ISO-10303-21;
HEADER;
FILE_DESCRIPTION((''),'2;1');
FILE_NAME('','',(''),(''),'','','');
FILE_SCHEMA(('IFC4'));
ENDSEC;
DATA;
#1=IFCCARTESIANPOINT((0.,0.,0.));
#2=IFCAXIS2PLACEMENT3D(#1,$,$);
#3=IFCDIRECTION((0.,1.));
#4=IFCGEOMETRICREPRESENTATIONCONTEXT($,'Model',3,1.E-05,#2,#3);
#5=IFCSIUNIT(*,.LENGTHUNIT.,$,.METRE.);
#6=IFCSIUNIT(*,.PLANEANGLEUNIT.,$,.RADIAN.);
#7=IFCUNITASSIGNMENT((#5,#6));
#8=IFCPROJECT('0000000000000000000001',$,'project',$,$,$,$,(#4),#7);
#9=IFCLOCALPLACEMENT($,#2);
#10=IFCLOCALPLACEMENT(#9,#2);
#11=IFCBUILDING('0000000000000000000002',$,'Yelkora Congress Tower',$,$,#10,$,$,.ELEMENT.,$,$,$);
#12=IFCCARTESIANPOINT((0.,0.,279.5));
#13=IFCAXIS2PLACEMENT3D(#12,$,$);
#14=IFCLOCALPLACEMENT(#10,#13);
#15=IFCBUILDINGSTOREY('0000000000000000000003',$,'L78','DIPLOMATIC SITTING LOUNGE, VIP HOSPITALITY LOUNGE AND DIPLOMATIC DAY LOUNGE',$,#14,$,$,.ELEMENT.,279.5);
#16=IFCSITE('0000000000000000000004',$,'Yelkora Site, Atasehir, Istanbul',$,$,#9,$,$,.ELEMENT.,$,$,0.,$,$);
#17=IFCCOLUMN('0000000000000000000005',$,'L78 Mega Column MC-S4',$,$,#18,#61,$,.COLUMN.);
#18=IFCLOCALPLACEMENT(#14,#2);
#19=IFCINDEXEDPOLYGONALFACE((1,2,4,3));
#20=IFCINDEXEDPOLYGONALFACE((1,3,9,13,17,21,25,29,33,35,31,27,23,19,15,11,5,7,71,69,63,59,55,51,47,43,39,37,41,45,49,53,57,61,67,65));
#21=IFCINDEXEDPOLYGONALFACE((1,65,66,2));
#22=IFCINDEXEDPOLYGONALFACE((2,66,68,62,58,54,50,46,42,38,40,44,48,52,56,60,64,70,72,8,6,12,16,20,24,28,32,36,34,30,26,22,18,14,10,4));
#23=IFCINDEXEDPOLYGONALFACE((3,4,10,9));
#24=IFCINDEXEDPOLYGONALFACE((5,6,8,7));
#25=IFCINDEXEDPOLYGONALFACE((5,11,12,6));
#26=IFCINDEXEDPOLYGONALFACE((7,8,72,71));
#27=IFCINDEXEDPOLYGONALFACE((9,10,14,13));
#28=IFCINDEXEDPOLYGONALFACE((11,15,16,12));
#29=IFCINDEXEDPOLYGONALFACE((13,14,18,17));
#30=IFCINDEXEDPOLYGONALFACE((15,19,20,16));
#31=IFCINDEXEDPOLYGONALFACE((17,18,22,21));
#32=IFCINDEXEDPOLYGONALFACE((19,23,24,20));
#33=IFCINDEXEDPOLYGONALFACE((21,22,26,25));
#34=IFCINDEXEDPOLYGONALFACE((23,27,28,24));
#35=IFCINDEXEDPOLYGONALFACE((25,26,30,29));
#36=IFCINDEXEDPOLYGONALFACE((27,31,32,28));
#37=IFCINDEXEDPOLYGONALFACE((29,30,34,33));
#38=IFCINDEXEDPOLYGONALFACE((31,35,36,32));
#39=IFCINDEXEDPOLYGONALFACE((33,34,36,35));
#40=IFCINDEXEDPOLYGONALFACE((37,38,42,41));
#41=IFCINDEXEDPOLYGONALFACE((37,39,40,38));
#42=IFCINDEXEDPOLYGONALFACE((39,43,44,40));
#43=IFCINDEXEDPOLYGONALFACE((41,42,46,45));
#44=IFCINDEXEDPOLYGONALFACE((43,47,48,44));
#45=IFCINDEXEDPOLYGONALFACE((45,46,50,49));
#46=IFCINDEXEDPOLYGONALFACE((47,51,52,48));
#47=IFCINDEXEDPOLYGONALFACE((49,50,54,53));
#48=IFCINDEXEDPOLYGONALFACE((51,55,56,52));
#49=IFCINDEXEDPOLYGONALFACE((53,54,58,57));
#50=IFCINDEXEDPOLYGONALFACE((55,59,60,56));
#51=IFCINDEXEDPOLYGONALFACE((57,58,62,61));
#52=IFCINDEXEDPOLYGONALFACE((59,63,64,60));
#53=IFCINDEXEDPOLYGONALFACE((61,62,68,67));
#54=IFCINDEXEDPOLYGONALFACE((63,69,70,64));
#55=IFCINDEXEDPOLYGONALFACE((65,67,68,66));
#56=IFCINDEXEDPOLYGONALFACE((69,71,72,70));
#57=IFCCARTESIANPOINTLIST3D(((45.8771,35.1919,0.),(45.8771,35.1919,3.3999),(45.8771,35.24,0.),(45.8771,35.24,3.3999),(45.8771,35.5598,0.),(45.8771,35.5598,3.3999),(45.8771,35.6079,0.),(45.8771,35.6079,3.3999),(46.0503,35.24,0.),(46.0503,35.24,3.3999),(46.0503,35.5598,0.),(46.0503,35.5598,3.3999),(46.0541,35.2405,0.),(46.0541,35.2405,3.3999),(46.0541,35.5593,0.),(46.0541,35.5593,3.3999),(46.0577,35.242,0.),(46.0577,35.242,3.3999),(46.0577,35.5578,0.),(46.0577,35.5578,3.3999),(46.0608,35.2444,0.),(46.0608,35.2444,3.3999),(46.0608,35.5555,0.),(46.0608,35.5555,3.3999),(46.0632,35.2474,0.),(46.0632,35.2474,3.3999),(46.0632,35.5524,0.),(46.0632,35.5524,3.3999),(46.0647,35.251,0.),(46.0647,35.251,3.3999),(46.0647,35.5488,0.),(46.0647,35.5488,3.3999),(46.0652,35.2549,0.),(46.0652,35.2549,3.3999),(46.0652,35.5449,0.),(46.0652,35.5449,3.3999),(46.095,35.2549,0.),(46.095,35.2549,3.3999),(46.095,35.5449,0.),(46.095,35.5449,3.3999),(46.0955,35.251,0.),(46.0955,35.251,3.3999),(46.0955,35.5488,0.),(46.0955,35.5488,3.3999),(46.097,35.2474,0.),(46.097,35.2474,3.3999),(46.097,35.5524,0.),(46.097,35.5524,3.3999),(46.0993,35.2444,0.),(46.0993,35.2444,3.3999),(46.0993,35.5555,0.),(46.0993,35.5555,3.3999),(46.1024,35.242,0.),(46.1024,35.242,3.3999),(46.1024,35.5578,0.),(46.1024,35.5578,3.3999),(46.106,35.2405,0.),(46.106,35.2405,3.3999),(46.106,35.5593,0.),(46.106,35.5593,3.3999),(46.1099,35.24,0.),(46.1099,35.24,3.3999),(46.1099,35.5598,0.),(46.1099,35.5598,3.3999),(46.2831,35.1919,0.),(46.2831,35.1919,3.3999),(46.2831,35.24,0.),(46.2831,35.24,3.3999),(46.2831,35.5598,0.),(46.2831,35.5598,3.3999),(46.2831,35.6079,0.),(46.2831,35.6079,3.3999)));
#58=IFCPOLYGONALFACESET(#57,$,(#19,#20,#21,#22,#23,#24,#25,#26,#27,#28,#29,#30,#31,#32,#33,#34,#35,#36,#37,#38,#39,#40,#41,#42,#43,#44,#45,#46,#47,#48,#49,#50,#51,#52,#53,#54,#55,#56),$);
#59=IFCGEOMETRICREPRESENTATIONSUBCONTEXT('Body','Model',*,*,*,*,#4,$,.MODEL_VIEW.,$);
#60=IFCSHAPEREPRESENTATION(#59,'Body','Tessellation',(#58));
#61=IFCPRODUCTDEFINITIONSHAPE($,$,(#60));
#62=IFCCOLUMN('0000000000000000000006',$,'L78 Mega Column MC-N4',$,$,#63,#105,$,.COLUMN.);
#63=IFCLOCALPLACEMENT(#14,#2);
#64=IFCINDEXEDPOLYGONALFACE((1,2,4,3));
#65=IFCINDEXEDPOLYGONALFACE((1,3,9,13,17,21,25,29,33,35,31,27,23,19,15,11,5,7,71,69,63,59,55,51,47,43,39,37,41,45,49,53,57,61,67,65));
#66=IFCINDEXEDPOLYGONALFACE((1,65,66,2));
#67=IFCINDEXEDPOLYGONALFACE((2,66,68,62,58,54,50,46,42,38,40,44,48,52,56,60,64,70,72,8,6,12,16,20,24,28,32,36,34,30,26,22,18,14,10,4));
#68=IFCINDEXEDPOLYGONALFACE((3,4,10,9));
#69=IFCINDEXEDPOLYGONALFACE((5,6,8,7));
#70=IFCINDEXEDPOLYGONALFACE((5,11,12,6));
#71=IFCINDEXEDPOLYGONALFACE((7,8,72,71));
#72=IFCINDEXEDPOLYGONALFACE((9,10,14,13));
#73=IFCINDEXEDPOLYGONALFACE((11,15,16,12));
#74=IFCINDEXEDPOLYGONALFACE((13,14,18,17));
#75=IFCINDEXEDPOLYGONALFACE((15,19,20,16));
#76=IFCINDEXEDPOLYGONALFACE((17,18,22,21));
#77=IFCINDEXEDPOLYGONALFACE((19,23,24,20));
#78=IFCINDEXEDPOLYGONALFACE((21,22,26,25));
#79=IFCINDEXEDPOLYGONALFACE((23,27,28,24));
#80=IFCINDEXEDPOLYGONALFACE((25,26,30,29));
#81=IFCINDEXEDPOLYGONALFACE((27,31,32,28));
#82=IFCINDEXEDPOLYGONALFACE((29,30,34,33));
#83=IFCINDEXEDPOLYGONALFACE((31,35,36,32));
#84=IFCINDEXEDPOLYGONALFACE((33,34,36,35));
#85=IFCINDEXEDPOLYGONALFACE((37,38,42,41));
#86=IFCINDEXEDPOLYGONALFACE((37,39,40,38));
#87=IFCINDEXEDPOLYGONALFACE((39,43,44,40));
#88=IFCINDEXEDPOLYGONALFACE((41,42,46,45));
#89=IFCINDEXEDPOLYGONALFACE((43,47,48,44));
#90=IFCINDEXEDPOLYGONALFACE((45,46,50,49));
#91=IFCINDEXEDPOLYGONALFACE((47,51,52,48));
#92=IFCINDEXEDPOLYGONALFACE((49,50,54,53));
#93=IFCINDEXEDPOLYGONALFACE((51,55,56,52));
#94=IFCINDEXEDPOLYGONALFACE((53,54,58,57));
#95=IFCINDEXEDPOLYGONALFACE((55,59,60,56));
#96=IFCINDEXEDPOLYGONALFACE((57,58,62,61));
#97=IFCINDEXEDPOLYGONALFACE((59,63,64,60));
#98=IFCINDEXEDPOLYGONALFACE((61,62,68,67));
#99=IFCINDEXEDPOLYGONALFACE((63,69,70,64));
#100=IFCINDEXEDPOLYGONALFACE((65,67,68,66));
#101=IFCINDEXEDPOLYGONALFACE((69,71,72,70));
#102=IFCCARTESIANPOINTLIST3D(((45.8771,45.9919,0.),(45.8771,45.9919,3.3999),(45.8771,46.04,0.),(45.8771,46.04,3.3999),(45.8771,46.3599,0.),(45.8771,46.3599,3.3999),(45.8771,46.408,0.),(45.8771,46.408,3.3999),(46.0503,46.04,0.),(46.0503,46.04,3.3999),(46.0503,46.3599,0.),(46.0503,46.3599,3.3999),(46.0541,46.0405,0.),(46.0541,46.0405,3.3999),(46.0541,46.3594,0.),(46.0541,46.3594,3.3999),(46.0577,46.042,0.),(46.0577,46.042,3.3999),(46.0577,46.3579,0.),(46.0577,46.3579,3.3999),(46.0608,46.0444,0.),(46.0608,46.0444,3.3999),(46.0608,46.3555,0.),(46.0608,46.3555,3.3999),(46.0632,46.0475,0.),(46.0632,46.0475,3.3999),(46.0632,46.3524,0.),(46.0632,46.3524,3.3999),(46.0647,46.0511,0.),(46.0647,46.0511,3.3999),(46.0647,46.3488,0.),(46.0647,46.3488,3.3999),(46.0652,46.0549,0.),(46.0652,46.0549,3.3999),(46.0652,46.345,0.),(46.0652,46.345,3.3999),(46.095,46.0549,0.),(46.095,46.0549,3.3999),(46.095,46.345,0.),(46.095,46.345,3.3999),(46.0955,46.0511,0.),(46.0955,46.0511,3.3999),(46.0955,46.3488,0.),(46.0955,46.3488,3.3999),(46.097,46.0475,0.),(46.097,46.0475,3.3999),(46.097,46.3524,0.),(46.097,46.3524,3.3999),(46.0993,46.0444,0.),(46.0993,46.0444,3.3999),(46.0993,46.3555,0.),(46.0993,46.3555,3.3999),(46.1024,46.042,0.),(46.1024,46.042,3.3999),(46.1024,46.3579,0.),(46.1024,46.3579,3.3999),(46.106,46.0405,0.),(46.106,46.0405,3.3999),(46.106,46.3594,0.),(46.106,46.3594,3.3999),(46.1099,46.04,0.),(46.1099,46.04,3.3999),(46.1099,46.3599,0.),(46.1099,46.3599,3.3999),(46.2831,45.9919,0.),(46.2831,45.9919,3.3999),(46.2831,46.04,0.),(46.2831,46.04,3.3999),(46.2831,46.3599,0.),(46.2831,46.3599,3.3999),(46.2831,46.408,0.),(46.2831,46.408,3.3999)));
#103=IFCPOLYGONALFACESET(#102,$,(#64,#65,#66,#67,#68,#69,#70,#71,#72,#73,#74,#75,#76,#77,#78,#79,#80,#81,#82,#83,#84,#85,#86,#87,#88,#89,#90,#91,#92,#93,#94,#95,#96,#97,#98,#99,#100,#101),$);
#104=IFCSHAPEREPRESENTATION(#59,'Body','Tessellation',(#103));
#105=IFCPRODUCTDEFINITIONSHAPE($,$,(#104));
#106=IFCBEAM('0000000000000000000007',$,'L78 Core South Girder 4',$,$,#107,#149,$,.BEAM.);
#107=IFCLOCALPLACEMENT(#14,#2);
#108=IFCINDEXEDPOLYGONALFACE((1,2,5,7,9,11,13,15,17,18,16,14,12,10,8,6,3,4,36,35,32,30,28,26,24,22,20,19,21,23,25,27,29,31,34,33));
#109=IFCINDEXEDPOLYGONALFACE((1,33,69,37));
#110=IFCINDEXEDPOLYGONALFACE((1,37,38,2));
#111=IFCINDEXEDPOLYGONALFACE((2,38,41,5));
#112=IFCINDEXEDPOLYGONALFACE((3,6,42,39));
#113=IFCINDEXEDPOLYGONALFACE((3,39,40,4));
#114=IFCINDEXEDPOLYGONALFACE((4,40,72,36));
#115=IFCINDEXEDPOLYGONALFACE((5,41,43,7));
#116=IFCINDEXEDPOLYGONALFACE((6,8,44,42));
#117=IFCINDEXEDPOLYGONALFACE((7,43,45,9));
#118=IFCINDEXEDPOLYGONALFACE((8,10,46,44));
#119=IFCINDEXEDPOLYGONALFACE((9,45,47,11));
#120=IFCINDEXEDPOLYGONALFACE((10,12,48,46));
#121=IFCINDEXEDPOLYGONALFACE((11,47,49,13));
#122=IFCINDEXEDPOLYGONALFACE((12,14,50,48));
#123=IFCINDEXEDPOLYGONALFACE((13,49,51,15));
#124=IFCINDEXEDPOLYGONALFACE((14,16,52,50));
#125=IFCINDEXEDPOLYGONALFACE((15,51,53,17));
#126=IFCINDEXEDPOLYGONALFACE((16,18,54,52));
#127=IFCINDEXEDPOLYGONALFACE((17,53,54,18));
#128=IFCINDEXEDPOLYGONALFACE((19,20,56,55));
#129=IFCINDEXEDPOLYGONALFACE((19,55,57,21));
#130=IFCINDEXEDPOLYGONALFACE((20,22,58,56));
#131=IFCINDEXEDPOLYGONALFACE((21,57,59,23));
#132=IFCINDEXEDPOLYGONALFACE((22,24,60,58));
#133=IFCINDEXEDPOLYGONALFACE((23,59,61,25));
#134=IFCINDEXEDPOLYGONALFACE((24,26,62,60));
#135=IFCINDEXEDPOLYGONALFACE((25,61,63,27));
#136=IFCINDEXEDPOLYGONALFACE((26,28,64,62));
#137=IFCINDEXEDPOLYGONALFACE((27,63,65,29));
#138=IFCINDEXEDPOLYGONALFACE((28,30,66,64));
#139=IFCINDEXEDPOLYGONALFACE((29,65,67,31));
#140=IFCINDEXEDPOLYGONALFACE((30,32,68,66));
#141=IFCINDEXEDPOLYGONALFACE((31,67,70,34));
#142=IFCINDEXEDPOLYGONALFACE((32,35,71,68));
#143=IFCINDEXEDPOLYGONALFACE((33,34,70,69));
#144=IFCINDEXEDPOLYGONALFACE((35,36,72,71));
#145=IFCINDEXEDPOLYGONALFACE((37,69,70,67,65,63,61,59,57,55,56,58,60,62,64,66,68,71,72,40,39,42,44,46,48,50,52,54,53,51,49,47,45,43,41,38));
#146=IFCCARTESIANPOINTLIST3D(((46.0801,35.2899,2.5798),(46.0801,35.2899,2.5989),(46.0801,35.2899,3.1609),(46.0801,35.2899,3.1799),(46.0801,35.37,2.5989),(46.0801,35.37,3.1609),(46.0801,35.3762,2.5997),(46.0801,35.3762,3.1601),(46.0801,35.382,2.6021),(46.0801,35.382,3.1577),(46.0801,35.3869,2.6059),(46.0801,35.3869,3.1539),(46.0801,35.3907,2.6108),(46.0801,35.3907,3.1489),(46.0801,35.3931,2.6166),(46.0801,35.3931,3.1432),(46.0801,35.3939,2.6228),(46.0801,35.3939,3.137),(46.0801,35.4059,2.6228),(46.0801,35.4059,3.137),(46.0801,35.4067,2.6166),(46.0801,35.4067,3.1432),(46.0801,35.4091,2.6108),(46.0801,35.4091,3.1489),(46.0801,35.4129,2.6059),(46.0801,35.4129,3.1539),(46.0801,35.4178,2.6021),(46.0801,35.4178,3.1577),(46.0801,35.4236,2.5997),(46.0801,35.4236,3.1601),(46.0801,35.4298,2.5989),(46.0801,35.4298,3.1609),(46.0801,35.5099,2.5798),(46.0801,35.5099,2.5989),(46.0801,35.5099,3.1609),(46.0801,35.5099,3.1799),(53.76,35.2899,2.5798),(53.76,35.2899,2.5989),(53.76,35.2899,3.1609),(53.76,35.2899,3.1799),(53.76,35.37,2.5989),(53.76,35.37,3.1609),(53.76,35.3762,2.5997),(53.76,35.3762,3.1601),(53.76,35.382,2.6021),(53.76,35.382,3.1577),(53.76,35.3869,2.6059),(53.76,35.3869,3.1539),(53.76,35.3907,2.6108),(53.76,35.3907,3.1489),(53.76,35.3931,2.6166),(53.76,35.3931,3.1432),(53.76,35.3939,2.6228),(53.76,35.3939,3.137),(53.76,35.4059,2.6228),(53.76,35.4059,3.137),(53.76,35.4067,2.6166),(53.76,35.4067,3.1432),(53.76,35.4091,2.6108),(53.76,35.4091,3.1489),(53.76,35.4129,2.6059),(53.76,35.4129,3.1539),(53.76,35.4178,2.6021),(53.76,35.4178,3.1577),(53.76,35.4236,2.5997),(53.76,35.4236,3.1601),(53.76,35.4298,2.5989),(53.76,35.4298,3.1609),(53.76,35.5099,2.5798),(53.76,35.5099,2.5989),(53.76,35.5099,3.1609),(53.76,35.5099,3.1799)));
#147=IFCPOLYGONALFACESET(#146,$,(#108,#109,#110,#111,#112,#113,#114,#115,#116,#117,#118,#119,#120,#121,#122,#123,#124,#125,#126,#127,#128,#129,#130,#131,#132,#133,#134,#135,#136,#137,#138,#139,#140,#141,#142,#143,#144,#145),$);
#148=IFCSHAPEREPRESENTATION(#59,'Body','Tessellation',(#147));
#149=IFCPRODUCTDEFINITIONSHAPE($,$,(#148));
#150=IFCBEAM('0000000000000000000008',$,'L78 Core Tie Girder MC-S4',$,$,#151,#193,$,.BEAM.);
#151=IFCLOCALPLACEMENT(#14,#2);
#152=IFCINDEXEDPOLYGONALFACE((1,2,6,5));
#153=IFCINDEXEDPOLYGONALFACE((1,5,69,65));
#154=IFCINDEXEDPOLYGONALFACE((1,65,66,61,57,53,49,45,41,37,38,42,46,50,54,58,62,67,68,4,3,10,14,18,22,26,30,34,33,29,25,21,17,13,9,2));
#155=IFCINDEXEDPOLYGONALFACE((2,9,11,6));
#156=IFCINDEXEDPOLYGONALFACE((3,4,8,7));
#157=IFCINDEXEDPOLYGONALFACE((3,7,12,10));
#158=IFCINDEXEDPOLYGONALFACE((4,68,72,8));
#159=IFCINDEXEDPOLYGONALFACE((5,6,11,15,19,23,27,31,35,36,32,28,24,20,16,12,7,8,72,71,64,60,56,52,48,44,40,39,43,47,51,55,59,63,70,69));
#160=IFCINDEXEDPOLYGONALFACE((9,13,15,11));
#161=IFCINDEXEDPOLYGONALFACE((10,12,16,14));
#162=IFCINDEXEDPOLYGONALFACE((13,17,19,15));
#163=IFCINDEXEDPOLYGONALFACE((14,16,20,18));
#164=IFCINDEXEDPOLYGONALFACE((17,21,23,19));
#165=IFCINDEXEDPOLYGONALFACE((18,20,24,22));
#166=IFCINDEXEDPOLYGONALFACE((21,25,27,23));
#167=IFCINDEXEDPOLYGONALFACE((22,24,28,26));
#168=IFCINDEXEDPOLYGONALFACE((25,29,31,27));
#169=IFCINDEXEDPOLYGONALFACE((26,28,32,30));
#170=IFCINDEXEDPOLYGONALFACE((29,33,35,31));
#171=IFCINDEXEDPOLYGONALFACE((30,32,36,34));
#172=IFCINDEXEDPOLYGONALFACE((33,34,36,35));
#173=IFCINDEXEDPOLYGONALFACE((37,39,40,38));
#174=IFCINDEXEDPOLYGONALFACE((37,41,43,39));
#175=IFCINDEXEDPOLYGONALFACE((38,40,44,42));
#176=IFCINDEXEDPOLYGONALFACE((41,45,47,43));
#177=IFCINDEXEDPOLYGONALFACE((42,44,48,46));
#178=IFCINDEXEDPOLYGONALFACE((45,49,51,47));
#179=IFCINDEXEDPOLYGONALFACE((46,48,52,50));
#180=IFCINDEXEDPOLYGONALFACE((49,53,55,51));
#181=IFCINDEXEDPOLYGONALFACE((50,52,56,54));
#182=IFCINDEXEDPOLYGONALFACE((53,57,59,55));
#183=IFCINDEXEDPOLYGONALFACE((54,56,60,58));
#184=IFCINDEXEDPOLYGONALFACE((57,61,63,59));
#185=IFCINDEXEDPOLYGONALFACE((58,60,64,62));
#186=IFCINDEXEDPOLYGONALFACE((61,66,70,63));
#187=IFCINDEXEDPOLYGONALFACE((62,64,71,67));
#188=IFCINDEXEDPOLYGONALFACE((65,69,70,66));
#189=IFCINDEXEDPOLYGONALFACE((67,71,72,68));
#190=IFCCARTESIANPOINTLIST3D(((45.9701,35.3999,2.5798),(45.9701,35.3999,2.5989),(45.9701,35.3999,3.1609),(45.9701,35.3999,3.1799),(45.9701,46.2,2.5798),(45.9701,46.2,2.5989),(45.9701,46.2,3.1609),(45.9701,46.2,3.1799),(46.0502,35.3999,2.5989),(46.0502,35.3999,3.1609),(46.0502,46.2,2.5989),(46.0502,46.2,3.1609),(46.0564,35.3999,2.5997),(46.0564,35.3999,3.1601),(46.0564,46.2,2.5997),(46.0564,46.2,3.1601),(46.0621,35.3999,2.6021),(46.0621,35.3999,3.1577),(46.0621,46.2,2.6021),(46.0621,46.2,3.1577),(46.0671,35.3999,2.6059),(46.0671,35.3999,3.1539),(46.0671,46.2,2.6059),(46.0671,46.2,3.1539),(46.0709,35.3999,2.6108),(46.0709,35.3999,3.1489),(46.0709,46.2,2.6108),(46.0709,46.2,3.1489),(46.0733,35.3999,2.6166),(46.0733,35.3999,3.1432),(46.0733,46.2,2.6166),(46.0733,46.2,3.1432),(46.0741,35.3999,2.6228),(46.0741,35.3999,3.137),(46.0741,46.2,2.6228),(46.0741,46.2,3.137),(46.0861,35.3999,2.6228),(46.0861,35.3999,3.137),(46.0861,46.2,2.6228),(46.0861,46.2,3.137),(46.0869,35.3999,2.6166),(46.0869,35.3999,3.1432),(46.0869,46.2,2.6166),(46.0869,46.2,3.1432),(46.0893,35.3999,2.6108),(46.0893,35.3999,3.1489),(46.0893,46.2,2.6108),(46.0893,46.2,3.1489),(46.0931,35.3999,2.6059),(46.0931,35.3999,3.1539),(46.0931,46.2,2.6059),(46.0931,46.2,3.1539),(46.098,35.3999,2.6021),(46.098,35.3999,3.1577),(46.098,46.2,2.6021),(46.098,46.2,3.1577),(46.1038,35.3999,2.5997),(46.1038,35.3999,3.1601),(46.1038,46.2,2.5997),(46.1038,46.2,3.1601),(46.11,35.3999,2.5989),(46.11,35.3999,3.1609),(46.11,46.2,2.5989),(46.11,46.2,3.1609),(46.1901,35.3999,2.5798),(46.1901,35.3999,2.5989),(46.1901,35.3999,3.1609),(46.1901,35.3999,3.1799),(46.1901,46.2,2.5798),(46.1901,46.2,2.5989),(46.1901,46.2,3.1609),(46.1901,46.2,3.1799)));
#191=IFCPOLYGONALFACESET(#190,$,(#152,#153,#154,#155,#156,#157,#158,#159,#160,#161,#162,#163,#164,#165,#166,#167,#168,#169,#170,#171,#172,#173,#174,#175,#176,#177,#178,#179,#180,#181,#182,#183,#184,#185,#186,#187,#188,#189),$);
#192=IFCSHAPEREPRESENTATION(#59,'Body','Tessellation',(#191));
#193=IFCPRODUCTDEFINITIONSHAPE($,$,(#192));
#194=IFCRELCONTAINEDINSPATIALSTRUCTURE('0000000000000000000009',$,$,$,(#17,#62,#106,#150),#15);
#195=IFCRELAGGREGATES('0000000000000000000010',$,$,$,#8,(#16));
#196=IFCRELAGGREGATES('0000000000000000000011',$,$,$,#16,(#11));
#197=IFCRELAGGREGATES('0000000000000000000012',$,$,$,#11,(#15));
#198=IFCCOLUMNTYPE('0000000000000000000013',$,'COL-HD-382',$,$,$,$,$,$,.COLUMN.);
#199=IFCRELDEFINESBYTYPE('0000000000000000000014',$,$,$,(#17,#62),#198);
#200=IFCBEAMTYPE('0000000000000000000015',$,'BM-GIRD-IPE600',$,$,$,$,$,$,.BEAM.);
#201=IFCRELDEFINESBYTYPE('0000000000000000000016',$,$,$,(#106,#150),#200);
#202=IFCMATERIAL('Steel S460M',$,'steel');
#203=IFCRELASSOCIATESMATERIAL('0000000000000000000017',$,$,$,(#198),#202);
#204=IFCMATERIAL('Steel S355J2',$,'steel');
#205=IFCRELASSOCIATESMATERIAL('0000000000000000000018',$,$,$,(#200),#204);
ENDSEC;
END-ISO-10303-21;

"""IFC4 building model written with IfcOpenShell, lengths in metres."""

from ifc_helpers import new_model, si_unit, direction, frame, origin, origin_2d, place, context, subcontext, project, spatial, i_section, extrude, material, material_profile, profile_set, type_object, element, save


model = new_model("IFC4")

# Units and contexts
model_context = context("Model", 3, precision=1e-05, world=origin(), true_north=direction((0.0, 1.0)))
body_context = subcontext(model_context, "Body", "Model", "MODEL_VIEW")
ifc_project = project(units=[si_unit("LENGTHUNIT", "METRE"), si_unit("PLANEANGLEUNIT", "RADIAN")], contexts=[model_context])

# Site, building, storey
site_placement = place(None, origin())
site = spatial("IfcSite", under=ifc_project, at=site_placement, Name="Yelkora Site, Atasehir, Istanbul", CompositionType="ELEMENT", RefElevation=0.0)
building_placement = place(site_placement, origin())
building = spatial("IfcBuilding", under=site, at=building_placement, Name="Yelkora Congress Tower", CompositionType="ELEMENT")
storey_placement = place(building_placement, frame((0.0, 0.0, 279.5)))
storey = spatial("IfcBuildingStorey", under=building, at=storey_placement, Name="L78", Description="DIPLOMATIC SITTING LOUNGE, VIP HOSPITALITY LOUNGE AND DIPLOMATIC DAY LOUNGE", CompositionType="ELEMENT", Elevation=279.5)

# Columns
ifc_material_1 = material(Name="Steel S460M", Category="steel")
ifc_material_profile_1 = material_profile(ifc_material_1, i_section(OverallWidth=0.406, OverallDepth=0.416, WebThickness=0.0298, FlangeThickness=0.0481, FilletRadius=0.0149, at=origin_2d()), Name="HD 400x382")
ifc_profile_set_1 = profile_set([ifc_material_profile_1], Name="Steel S460M")
column_type = type_object("IfcColumnType", Name="COL-HD-382", PredefinedType="COLUMN", material=ifc_profile_set_1)
for number, where, z_axis, x_axis, name in (
    (1, (46.0801, 35.3999, 0.0), (0.0, 0.0, 1.0), (1.0, 0.0, 0.0), "L78 Mega Column MC-S4"),
    (2, (46.0801, 46.2, 0.0), (0.0, 0.0, 1.0), (1.0, 0.0, 0.0), "L78 Mega Column MC-N4"),
):
    element("IfcColumn", number, at=place(storey_placement, frame(where, z_axis=z_axis, x_axis=x_axis)), inside=storey, type_object=column_type, Name=name, PredefinedType="COLUMN", context=body_context, shape_type="SweptSolid", body=[
        extrude(i_section(OverallWidth=0.406, OverallDepth=0.416, WebThickness=0.0298, FlangeThickness=0.0481, FilletRadius=0.0149, at=origin_2d()), origin(), (0.0, 0.0, 1.0), 3.3999),
    ])

# Beams
ifc_material_2 = material(Name="Steel S355J2", Category="steel")
ifc_material_profile_2 = material_profile(ifc_material_2, i_section(OverallWidth=0.22, OverallDepth=0.6001, WebThickness=0.012, FlangeThickness=0.019, FilletRadius=0.0239, at=origin_2d()), Name="IPE 600")
ifc_profile_set_2 = profile_set([ifc_material_profile_2], Name="Steel S355J2")
beam_type_1 = type_object("IfcBeamType", Name="BM-GIRD-IPE600", PredefinedType="BEAM", material=ifc_profile_set_2)
beam_1_placement = place(storey_placement, frame((46.0801, 35.3999, 2.8799), z_axis=(1.0, 0.0, 0.0), x_axis=(0.0, 1.0, 0.0)))
element("IfcBeam", 3, at=beam_1_placement, inside=storey, type_object=beam_type_1, Name="L78 Core South Girder 4", PredefinedType="BEAM", context=body_context, shape_type="SweptSolid", body=[
    extrude(i_section(OverallWidth=0.22, OverallDepth=0.6001, WebThickness=0.012, FlangeThickness=0.019, FilletRadius=0.0239, at=origin_2d()), origin(), (0.0, 0.0, 1.0), 7.6799),
])
beam_2_placement = place(storey_placement, frame((46.0801, 35.3999, 2.8799), z_axis=(0.0, 1.0, 0.0), x_axis=(-1.0, 0.0, 0.0)))
element("IfcBeam", 4, at=beam_2_placement, inside=storey, type_object=beam_type_1, Name="L78 Core Tie Girder MC-S4", PredefinedType="BEAM", context=body_context, shape_type="SweptSolid", body=[
    extrude(i_section(OverallWidth=0.22, OverallDepth=0.6001, WebThickness=0.012, FlangeThickness=0.019, FilletRadius=0.0239, at=origin_2d()), origin(), (0.0, 0.0, 1.0), 10.8),
])

save(model, "model.ifc")
